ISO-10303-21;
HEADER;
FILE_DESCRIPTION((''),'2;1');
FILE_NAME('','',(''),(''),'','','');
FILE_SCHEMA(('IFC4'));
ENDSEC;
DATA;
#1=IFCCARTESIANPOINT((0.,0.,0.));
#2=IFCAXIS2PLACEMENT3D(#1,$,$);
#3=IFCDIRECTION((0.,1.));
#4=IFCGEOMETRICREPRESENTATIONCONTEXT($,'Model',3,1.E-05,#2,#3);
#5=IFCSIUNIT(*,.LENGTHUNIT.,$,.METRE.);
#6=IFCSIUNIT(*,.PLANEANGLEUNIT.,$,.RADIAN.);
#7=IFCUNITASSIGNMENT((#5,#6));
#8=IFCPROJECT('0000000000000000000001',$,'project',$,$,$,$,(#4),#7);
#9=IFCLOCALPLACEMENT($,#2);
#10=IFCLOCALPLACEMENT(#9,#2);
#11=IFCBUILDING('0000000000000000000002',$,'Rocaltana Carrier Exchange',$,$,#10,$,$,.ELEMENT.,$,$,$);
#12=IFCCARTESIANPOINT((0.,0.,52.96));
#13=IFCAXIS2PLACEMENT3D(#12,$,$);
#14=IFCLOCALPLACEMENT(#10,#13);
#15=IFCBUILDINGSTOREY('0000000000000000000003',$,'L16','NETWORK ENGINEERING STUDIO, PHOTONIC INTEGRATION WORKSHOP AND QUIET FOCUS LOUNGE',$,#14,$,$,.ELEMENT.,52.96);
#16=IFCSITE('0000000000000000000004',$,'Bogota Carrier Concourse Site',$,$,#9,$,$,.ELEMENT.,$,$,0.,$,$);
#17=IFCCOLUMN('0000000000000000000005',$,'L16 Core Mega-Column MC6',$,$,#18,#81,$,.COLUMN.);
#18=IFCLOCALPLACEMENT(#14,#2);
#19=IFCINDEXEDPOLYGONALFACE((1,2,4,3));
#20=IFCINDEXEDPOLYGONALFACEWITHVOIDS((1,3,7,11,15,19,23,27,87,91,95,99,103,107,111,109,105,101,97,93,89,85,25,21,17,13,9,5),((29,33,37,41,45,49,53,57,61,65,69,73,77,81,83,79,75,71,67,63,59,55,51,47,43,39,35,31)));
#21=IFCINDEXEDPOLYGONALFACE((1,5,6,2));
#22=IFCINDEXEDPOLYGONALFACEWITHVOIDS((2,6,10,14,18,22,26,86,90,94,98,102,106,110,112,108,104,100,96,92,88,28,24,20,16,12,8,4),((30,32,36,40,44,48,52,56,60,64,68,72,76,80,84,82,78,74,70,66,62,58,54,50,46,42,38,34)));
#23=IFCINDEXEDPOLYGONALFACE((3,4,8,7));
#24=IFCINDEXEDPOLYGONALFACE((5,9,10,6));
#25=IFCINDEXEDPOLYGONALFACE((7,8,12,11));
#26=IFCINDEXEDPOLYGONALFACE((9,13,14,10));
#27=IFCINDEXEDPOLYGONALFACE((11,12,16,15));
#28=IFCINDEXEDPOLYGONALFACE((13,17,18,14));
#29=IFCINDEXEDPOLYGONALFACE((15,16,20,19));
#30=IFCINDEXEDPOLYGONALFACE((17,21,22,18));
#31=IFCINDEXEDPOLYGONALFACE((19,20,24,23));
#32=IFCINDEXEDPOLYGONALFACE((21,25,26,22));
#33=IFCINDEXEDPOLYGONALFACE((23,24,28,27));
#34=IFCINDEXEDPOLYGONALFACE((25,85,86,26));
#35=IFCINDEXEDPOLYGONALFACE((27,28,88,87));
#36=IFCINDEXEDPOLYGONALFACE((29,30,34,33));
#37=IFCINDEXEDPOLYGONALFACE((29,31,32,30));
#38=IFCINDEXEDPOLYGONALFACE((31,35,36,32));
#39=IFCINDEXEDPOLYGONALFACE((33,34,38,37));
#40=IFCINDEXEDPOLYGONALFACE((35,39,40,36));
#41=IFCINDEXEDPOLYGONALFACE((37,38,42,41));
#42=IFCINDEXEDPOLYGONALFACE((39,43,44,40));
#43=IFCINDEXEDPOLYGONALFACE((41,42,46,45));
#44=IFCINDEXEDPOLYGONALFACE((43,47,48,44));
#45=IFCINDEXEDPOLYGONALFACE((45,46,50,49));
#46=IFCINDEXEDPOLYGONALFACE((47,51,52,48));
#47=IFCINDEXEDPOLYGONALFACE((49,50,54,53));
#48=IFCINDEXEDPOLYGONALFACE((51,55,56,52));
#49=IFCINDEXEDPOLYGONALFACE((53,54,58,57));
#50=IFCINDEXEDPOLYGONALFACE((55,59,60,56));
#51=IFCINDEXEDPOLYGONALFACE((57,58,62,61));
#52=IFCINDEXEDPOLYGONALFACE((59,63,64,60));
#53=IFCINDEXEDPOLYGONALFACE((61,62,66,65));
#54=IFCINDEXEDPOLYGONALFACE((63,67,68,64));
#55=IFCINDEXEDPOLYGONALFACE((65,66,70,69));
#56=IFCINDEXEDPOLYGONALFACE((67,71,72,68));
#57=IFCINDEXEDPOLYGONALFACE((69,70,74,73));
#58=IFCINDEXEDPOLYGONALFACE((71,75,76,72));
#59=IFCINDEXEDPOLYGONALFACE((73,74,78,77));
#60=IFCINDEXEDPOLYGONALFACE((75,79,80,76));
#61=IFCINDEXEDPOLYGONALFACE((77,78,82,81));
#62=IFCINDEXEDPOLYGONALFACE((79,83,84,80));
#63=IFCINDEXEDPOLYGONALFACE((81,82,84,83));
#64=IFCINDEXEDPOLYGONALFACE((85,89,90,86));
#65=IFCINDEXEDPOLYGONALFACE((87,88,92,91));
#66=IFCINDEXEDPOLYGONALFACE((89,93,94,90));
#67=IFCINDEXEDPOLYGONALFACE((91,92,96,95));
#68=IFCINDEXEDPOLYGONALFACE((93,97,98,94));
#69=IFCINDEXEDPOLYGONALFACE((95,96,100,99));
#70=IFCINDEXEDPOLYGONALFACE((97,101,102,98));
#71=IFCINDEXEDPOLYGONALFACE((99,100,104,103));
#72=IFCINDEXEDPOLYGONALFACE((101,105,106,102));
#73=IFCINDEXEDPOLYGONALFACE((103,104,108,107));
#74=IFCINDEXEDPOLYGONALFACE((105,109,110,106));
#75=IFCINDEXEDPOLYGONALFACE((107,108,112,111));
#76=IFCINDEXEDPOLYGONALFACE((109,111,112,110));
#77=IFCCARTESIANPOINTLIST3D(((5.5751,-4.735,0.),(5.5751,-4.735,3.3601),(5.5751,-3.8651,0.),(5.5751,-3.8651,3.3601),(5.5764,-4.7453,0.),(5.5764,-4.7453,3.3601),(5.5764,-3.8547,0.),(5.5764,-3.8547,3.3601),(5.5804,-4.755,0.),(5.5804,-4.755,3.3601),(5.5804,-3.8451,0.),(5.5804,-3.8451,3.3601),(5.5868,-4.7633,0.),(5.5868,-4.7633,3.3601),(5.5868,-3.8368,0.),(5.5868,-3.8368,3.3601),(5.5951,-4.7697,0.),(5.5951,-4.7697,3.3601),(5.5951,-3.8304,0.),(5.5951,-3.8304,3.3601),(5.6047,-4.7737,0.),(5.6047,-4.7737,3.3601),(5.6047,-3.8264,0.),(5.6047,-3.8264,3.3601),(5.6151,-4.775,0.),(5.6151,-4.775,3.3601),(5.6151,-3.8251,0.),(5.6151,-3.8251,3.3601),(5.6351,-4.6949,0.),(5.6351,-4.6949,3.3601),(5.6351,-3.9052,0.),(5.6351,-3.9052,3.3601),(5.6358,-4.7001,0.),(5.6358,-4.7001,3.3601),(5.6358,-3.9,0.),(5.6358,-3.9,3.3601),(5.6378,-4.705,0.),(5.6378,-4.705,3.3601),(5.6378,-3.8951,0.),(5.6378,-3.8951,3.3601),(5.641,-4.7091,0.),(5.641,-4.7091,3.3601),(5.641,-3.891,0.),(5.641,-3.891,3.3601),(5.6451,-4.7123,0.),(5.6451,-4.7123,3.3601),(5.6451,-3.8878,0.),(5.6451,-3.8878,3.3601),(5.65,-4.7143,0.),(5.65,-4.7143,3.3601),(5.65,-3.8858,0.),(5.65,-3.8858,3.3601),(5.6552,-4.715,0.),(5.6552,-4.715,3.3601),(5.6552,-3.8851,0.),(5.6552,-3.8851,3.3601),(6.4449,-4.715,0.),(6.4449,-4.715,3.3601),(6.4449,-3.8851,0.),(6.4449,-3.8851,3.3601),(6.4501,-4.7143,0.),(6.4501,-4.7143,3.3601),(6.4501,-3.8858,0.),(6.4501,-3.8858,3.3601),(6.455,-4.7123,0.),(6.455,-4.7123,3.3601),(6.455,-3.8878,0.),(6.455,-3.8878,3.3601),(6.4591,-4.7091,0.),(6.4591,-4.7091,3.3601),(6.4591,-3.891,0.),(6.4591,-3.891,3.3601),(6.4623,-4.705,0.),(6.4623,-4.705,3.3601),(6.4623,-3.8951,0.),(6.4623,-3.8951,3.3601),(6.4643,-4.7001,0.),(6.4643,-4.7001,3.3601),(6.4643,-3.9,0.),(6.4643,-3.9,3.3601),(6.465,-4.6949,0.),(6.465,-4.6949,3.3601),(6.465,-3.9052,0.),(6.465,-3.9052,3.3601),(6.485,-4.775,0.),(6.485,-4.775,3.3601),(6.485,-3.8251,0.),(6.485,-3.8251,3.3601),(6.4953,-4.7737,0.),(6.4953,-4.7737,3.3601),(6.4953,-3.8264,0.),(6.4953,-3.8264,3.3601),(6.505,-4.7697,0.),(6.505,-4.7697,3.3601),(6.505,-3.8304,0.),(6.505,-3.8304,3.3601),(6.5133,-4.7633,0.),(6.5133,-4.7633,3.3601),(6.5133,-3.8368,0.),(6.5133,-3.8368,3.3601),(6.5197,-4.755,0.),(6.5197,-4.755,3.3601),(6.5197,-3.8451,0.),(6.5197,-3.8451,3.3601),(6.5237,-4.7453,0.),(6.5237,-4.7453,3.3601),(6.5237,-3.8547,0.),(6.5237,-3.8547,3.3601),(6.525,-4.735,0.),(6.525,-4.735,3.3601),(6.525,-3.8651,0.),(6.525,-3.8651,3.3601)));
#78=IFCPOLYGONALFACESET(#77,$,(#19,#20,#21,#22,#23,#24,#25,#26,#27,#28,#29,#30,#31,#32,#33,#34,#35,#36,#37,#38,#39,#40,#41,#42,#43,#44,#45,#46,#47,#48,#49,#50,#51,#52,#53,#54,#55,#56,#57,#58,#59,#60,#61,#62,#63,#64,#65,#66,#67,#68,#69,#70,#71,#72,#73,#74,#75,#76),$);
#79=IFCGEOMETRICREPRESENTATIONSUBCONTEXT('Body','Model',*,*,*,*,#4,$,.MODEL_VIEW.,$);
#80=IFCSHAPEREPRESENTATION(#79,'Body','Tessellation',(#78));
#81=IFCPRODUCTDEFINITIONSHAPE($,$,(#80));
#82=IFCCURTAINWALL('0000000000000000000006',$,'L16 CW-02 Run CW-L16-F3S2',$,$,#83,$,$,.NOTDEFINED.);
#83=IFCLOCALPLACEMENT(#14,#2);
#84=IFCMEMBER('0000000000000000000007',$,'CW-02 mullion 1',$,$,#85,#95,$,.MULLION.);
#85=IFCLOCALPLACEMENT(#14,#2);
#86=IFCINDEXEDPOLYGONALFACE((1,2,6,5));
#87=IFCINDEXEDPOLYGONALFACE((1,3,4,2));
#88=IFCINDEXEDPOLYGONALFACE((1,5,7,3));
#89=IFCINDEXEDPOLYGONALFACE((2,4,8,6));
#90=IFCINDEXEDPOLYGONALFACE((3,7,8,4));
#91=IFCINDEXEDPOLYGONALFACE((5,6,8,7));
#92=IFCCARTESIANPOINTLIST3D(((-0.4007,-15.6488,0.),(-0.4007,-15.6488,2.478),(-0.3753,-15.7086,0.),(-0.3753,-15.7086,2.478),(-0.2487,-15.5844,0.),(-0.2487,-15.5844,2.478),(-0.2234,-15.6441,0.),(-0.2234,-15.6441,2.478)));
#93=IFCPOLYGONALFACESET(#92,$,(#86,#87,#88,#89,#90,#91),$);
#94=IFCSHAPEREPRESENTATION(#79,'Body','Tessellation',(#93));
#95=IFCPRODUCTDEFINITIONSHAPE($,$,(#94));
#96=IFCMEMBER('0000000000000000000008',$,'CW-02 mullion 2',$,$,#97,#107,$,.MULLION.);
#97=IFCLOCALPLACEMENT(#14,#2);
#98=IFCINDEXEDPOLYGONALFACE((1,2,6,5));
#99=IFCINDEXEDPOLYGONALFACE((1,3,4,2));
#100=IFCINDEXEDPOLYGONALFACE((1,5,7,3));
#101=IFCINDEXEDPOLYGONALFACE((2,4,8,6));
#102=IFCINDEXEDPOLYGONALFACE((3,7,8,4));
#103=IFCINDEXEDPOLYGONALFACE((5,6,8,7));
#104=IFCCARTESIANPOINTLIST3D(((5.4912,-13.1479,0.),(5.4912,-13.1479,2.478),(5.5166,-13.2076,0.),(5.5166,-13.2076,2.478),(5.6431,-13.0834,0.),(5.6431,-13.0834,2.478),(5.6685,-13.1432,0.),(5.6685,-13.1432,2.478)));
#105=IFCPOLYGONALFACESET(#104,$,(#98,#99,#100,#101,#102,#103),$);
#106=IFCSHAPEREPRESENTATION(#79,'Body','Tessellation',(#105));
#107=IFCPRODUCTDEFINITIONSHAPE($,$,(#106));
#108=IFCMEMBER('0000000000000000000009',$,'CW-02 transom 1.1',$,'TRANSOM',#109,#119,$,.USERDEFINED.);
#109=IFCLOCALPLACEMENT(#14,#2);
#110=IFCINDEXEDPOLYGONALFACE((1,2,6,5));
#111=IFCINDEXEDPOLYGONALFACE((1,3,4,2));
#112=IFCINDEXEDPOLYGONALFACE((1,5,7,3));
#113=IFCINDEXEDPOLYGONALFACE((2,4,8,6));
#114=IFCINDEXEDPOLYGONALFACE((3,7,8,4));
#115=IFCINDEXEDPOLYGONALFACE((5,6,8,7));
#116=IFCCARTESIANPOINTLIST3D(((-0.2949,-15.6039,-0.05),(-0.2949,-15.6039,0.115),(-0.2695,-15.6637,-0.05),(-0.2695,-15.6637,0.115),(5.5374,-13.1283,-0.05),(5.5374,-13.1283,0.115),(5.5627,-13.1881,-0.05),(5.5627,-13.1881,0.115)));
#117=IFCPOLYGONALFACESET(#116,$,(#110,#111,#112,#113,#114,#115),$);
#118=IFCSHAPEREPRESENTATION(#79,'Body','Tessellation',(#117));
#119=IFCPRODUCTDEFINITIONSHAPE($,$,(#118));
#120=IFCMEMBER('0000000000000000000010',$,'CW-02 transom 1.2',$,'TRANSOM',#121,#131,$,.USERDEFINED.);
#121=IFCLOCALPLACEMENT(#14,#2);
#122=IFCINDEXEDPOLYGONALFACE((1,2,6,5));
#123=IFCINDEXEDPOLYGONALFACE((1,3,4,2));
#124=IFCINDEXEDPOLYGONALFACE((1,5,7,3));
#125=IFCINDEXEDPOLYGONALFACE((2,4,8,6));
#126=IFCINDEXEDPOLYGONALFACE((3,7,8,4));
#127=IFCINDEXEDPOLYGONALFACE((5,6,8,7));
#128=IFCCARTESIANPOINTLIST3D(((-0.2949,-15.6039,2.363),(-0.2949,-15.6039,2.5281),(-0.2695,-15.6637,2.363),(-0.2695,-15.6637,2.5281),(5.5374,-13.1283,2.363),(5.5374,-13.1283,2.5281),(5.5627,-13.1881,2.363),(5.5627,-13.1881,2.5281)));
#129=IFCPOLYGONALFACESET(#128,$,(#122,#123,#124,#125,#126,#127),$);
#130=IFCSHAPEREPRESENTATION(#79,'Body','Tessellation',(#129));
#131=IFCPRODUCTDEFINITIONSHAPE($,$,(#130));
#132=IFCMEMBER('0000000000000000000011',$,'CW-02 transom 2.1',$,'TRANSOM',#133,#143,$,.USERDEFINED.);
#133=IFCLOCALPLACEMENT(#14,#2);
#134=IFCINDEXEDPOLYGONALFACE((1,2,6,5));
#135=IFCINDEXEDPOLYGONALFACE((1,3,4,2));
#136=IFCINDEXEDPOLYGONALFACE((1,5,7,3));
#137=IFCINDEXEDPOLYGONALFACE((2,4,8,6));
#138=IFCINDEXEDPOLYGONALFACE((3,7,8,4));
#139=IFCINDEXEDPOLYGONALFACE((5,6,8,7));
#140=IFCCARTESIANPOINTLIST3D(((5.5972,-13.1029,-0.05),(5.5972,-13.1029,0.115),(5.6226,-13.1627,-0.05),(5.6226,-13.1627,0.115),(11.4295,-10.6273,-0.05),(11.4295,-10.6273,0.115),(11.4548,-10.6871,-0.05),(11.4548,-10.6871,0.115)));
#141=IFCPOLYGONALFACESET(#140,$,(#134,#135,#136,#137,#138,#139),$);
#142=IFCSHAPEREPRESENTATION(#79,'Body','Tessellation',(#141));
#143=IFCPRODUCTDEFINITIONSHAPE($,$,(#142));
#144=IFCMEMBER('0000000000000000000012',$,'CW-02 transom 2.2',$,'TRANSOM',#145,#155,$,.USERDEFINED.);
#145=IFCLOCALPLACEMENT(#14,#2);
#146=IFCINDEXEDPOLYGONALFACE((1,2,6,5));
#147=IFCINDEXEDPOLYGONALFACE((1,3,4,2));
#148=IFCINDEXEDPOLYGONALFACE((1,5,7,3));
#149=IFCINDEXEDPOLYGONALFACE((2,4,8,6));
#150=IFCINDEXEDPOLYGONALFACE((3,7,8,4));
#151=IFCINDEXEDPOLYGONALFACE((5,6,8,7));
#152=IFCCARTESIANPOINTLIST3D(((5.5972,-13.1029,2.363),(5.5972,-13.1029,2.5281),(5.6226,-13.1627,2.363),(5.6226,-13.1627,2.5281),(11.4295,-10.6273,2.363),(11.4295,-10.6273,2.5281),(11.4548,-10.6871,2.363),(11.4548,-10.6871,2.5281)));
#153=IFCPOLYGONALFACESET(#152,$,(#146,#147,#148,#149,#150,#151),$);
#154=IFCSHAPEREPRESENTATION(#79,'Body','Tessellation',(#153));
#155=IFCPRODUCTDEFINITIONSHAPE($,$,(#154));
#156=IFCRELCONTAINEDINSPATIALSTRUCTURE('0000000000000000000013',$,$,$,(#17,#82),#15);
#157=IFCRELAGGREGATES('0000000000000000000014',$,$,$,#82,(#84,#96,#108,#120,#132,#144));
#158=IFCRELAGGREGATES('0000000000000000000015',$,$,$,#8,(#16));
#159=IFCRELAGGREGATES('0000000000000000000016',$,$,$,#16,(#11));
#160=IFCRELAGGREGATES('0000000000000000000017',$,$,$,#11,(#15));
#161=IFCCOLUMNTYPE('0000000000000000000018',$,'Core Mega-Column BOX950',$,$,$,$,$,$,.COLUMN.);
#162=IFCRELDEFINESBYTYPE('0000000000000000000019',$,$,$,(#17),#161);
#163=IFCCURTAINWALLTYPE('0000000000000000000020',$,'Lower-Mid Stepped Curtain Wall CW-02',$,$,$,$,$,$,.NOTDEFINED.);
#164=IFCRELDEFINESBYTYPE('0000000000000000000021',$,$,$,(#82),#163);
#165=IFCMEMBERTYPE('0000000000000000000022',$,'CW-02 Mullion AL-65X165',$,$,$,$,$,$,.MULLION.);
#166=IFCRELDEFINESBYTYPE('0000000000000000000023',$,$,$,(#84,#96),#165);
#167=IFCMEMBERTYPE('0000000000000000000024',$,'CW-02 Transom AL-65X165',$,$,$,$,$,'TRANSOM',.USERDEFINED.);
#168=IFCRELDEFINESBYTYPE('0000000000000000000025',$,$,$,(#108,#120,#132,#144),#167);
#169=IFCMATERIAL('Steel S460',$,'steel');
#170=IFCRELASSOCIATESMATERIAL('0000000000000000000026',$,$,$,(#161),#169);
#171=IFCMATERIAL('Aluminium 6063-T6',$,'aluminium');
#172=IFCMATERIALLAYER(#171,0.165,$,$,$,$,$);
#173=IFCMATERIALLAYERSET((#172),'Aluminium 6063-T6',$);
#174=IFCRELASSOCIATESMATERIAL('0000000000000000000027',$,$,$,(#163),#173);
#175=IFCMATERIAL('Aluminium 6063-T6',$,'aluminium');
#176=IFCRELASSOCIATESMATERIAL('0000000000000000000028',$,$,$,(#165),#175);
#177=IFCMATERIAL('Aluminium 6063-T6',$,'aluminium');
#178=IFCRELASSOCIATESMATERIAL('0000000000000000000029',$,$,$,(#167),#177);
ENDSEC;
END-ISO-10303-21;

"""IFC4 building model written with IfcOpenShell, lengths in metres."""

from ifc_helpers import new_model, si_unit, direction, frame, origin, origin_2d, place, context, subcontext, project, spatial, rectangle, hollow_rectangle, extrude, material, layer, layer_set, material_profile, profile_set, type_object, element, aggregate, save


model = new_model("IFC4")

# Units and contexts
model_context = context("Model", 3, precision=1e-05, world=origin(), true_north=direction((0.0, 1.0)))
body_context = subcontext(model_context, "Body", "Model", "MODEL_VIEW")
ifc_project = project(units=[si_unit("LENGTHUNIT", "METRE"), si_unit("PLANEANGLEUNIT", "RADIAN")], contexts=[model_context])

# Site, building, storey
site_placement = place(None, origin())
site = spatial("IfcSite", under=ifc_project, at=site_placement, Name="Bogota Carrier Concourse Site", CompositionType="ELEMENT", RefElevation=0.0)
building_placement = place(site_placement, origin())
building = spatial("IfcBuilding", under=site, at=building_placement, Name="Rocaltana Carrier Exchange", CompositionType="ELEMENT")
storey_placement = place(building_placement, frame((0.0, 0.0, 52.96)))
storey = spatial("IfcBuildingStorey", under=building, at=storey_placement, Name="L16", Description="NETWORK ENGINEERING STUDIO, PHOTONIC INTEGRATION WORKSHOP AND QUIET FOCUS LOUNGE", CompositionType="ELEMENT", Elevation=52.96)

# Column
ifc_material_1 = material(Name="Steel S460", Category="steel")
ifc_material_profile_1 = material_profile(ifc_material_1, hollow_rectangle(XDim=0.95, YDim=0.95, WallThickness=0.0601, InnerFilletRadius=0.02, OuterFilletRadius=0.04, at=origin_2d()), Name="BOX950X950X60")
ifc_profile_set_1 = profile_set([ifc_material_profile_1], Name="Steel S460")
column_type = type_object("IfcColumnType", Name="Core Mega-Column BOX950", PredefinedType="COLUMN", material=ifc_profile_set_1)
column_placement = place(storey_placement, frame((6.05, -4.3, 0.0), z_axis=(0.0, 0.0, 1.0), x_axis=(1.0, 0.0, 0.0)))
element("IfcColumn", 1, at=column_placement, inside=storey, type_object=column_type, Name="L16 Core Mega-Column MC6", PredefinedType="COLUMN", context=body_context, shape_type="SweptSolid", body=[
    extrude(hollow_rectangle(XDim=0.95, YDim=0.95, WallThickness=0.0601, InnerFilletRadius=0.02, OuterFilletRadius=0.04, at=origin_2d()), origin(), (0.0, 0.0, 1.0), 3.3601),
])

# Curtain wall, members
ifc_material_2 = material(Name="Aluminium 6063-T6", Category="aluminium")
ifc_layer_1 = layer(ifc_material_2, 0.165)
ifc_layer_set_1 = layer_set([ifc_layer_1], Name="Aluminium 6063-T6")
curtain_wall_type = type_object("IfcCurtainWallType", Name="Lower-Mid Stepped Curtain Wall CW-02", PredefinedType="NOTDEFINED", material=ifc_layer_set_1)
curtain_wall_placement = place(storey_placement, origin())
curtain_wall = element("IfcCurtainWall", 2, at=curtain_wall_placement, inside=storey, type_object=curtain_wall_type, Name="L16 CW-02 Run CW-L16-F3S2", PredefinedType="NOTDEFINED")
ifc_material_3 = material(Name="Aluminium 6063-T6", Category="aluminium")
ifc_material_profile_2 = material_profile(ifc_material_3, rectangle(XDim=0.0649, YDim=0.165, at=origin_2d()), Name="AL-65X165")
ifc_profile_set_2 = profile_set([ifc_material_profile_2], Name="Aluminium 6063-T6")
member_type_1 = type_object("IfcMemberType", Name="CW-02 Mullion AL-65X165", PredefinedType="MULLION", material=ifc_profile_set_2)
member_1_placement = place(storey_placement, frame((-0.312, -15.6465, 0.0), z_axis=(0.0, 0.0, 1.0), x_axis=(-0.390729, 0.920506, 0.0)))
member_1 = element("IfcMember", 3, at=member_1_placement, type_object=member_type_1, Name="CW-02 mullion 1", PredefinedType="MULLION", context=body_context, shape_type="SweptSolid", body=[
    extrude(rectangle(XDim=0.0649, YDim=0.165, at=origin_2d()), origin(), (0.0, 0.0, 1.0), 2.478),
])
member_2_placement = place(storey_placement, frame((5.5798, -13.1455, 0.0), z_axis=(0.0, 0.0, 1.0), x_axis=(-0.390729, 0.920506, 0.0)))
member_2 = element("IfcMember", 4, at=member_2_placement, type_object=member_type_1, Name="CW-02 mullion 2", PredefinedType="MULLION", context=body_context, shape_type="SweptSolid", body=[
    extrude(rectangle(XDim=0.0649, YDim=0.165, at=origin_2d()), origin(), (0.0, 0.0, 1.0), 2.478),
])
ifc_material_4 = material(Name="Aluminium 6063-T6", Category="aluminium")
ifc_material_profile_3 = material_profile(ifc_material_4, rectangle(XDim=0.0649, YDim=0.165, at=origin_2d()), Name="AL-65X165")
ifc_profile_set_3 = profile_set([ifc_material_profile_3], Name="Aluminium 6063-T6")
member_type_2 = type_object("IfcMemberType", Name="CW-02 Transom AL-65X165", ElementType="TRANSOM", PredefinedType="USERDEFINED", material=ifc_profile_set_3)
member_3_placement = place(storey_placement, frame((-0.2822, -15.6338, 0.0325), z_axis=(0.920509, 0.390722, 0.0), x_axis=(-0.390722, 0.920509, 0.0)))
member_3 = element("IfcMember", 5, at=member_3_placement, type_object=member_type_2, Name="CW-02 transom 1.1", ObjectType="TRANSOM", PredefinedType="USERDEFINED", context=body_context, shape_type="SweptSolid", body=[
    extrude(rectangle(XDim=0.0649, YDim=0.165, at=origin_2d()), origin(), (0.0, 0.0, 1.0), 6.3359),
])
member_4_placement = place(storey_placement, frame((-0.2822, -15.6338, 2.4456), z_axis=(0.920509, 0.390722, 0.0), x_axis=(-0.390722, 0.920509, 0.0)))
member_4 = element("IfcMember", 6, at=member_4_placement, type_object=member_type_2, Name="CW-02 transom 1.2", ObjectType="TRANSOM", PredefinedType="USERDEFINED", context=body_context, shape_type="SweptSolid", body=[
    extrude(rectangle(XDim=0.0649, YDim=0.165, at=origin_2d()), origin(), (0.0, 0.0, 1.0), 6.3359),
])
member_5_placement = place(storey_placement, frame((5.6099, -13.1328, 0.0325), z_axis=(0.920509, 0.390722, 0.0), x_axis=(-0.390722, 0.920509, 0.0)))
member_5 = element("IfcMember", 7, at=member_5_placement, type_object=member_type_2, Name="CW-02 transom 2.1", ObjectType="TRANSOM", PredefinedType="USERDEFINED", context=body_context, shape_type="SweptSolid", body=[
    extrude(rectangle(XDim=0.0649, YDim=0.165, at=origin_2d()), origin(), (0.0, 0.0, 1.0), 6.3359),
])
member_6_placement = place(storey_placement, frame((5.6099, -13.1328, 2.4456), z_axis=(0.920509, 0.390722, 0.0), x_axis=(-0.390722, 0.920509, 0.0)))
member_6 = element("IfcMember", 8, at=member_6_placement, type_object=member_type_2, Name="CW-02 transom 2.2", ObjectType="TRANSOM", PredefinedType="USERDEFINED", context=body_context, shape_type="SweptSolid", body=[
    extrude(rectangle(XDim=0.0649, YDim=0.165, at=origin_2d()), origin(), (0.0, 0.0, 1.0), 6.3359),
])

aggregate(curtain_wall, [member_1, member_2, member_3, member_4, member_5, member_6])

save(model, "model.ifc")
